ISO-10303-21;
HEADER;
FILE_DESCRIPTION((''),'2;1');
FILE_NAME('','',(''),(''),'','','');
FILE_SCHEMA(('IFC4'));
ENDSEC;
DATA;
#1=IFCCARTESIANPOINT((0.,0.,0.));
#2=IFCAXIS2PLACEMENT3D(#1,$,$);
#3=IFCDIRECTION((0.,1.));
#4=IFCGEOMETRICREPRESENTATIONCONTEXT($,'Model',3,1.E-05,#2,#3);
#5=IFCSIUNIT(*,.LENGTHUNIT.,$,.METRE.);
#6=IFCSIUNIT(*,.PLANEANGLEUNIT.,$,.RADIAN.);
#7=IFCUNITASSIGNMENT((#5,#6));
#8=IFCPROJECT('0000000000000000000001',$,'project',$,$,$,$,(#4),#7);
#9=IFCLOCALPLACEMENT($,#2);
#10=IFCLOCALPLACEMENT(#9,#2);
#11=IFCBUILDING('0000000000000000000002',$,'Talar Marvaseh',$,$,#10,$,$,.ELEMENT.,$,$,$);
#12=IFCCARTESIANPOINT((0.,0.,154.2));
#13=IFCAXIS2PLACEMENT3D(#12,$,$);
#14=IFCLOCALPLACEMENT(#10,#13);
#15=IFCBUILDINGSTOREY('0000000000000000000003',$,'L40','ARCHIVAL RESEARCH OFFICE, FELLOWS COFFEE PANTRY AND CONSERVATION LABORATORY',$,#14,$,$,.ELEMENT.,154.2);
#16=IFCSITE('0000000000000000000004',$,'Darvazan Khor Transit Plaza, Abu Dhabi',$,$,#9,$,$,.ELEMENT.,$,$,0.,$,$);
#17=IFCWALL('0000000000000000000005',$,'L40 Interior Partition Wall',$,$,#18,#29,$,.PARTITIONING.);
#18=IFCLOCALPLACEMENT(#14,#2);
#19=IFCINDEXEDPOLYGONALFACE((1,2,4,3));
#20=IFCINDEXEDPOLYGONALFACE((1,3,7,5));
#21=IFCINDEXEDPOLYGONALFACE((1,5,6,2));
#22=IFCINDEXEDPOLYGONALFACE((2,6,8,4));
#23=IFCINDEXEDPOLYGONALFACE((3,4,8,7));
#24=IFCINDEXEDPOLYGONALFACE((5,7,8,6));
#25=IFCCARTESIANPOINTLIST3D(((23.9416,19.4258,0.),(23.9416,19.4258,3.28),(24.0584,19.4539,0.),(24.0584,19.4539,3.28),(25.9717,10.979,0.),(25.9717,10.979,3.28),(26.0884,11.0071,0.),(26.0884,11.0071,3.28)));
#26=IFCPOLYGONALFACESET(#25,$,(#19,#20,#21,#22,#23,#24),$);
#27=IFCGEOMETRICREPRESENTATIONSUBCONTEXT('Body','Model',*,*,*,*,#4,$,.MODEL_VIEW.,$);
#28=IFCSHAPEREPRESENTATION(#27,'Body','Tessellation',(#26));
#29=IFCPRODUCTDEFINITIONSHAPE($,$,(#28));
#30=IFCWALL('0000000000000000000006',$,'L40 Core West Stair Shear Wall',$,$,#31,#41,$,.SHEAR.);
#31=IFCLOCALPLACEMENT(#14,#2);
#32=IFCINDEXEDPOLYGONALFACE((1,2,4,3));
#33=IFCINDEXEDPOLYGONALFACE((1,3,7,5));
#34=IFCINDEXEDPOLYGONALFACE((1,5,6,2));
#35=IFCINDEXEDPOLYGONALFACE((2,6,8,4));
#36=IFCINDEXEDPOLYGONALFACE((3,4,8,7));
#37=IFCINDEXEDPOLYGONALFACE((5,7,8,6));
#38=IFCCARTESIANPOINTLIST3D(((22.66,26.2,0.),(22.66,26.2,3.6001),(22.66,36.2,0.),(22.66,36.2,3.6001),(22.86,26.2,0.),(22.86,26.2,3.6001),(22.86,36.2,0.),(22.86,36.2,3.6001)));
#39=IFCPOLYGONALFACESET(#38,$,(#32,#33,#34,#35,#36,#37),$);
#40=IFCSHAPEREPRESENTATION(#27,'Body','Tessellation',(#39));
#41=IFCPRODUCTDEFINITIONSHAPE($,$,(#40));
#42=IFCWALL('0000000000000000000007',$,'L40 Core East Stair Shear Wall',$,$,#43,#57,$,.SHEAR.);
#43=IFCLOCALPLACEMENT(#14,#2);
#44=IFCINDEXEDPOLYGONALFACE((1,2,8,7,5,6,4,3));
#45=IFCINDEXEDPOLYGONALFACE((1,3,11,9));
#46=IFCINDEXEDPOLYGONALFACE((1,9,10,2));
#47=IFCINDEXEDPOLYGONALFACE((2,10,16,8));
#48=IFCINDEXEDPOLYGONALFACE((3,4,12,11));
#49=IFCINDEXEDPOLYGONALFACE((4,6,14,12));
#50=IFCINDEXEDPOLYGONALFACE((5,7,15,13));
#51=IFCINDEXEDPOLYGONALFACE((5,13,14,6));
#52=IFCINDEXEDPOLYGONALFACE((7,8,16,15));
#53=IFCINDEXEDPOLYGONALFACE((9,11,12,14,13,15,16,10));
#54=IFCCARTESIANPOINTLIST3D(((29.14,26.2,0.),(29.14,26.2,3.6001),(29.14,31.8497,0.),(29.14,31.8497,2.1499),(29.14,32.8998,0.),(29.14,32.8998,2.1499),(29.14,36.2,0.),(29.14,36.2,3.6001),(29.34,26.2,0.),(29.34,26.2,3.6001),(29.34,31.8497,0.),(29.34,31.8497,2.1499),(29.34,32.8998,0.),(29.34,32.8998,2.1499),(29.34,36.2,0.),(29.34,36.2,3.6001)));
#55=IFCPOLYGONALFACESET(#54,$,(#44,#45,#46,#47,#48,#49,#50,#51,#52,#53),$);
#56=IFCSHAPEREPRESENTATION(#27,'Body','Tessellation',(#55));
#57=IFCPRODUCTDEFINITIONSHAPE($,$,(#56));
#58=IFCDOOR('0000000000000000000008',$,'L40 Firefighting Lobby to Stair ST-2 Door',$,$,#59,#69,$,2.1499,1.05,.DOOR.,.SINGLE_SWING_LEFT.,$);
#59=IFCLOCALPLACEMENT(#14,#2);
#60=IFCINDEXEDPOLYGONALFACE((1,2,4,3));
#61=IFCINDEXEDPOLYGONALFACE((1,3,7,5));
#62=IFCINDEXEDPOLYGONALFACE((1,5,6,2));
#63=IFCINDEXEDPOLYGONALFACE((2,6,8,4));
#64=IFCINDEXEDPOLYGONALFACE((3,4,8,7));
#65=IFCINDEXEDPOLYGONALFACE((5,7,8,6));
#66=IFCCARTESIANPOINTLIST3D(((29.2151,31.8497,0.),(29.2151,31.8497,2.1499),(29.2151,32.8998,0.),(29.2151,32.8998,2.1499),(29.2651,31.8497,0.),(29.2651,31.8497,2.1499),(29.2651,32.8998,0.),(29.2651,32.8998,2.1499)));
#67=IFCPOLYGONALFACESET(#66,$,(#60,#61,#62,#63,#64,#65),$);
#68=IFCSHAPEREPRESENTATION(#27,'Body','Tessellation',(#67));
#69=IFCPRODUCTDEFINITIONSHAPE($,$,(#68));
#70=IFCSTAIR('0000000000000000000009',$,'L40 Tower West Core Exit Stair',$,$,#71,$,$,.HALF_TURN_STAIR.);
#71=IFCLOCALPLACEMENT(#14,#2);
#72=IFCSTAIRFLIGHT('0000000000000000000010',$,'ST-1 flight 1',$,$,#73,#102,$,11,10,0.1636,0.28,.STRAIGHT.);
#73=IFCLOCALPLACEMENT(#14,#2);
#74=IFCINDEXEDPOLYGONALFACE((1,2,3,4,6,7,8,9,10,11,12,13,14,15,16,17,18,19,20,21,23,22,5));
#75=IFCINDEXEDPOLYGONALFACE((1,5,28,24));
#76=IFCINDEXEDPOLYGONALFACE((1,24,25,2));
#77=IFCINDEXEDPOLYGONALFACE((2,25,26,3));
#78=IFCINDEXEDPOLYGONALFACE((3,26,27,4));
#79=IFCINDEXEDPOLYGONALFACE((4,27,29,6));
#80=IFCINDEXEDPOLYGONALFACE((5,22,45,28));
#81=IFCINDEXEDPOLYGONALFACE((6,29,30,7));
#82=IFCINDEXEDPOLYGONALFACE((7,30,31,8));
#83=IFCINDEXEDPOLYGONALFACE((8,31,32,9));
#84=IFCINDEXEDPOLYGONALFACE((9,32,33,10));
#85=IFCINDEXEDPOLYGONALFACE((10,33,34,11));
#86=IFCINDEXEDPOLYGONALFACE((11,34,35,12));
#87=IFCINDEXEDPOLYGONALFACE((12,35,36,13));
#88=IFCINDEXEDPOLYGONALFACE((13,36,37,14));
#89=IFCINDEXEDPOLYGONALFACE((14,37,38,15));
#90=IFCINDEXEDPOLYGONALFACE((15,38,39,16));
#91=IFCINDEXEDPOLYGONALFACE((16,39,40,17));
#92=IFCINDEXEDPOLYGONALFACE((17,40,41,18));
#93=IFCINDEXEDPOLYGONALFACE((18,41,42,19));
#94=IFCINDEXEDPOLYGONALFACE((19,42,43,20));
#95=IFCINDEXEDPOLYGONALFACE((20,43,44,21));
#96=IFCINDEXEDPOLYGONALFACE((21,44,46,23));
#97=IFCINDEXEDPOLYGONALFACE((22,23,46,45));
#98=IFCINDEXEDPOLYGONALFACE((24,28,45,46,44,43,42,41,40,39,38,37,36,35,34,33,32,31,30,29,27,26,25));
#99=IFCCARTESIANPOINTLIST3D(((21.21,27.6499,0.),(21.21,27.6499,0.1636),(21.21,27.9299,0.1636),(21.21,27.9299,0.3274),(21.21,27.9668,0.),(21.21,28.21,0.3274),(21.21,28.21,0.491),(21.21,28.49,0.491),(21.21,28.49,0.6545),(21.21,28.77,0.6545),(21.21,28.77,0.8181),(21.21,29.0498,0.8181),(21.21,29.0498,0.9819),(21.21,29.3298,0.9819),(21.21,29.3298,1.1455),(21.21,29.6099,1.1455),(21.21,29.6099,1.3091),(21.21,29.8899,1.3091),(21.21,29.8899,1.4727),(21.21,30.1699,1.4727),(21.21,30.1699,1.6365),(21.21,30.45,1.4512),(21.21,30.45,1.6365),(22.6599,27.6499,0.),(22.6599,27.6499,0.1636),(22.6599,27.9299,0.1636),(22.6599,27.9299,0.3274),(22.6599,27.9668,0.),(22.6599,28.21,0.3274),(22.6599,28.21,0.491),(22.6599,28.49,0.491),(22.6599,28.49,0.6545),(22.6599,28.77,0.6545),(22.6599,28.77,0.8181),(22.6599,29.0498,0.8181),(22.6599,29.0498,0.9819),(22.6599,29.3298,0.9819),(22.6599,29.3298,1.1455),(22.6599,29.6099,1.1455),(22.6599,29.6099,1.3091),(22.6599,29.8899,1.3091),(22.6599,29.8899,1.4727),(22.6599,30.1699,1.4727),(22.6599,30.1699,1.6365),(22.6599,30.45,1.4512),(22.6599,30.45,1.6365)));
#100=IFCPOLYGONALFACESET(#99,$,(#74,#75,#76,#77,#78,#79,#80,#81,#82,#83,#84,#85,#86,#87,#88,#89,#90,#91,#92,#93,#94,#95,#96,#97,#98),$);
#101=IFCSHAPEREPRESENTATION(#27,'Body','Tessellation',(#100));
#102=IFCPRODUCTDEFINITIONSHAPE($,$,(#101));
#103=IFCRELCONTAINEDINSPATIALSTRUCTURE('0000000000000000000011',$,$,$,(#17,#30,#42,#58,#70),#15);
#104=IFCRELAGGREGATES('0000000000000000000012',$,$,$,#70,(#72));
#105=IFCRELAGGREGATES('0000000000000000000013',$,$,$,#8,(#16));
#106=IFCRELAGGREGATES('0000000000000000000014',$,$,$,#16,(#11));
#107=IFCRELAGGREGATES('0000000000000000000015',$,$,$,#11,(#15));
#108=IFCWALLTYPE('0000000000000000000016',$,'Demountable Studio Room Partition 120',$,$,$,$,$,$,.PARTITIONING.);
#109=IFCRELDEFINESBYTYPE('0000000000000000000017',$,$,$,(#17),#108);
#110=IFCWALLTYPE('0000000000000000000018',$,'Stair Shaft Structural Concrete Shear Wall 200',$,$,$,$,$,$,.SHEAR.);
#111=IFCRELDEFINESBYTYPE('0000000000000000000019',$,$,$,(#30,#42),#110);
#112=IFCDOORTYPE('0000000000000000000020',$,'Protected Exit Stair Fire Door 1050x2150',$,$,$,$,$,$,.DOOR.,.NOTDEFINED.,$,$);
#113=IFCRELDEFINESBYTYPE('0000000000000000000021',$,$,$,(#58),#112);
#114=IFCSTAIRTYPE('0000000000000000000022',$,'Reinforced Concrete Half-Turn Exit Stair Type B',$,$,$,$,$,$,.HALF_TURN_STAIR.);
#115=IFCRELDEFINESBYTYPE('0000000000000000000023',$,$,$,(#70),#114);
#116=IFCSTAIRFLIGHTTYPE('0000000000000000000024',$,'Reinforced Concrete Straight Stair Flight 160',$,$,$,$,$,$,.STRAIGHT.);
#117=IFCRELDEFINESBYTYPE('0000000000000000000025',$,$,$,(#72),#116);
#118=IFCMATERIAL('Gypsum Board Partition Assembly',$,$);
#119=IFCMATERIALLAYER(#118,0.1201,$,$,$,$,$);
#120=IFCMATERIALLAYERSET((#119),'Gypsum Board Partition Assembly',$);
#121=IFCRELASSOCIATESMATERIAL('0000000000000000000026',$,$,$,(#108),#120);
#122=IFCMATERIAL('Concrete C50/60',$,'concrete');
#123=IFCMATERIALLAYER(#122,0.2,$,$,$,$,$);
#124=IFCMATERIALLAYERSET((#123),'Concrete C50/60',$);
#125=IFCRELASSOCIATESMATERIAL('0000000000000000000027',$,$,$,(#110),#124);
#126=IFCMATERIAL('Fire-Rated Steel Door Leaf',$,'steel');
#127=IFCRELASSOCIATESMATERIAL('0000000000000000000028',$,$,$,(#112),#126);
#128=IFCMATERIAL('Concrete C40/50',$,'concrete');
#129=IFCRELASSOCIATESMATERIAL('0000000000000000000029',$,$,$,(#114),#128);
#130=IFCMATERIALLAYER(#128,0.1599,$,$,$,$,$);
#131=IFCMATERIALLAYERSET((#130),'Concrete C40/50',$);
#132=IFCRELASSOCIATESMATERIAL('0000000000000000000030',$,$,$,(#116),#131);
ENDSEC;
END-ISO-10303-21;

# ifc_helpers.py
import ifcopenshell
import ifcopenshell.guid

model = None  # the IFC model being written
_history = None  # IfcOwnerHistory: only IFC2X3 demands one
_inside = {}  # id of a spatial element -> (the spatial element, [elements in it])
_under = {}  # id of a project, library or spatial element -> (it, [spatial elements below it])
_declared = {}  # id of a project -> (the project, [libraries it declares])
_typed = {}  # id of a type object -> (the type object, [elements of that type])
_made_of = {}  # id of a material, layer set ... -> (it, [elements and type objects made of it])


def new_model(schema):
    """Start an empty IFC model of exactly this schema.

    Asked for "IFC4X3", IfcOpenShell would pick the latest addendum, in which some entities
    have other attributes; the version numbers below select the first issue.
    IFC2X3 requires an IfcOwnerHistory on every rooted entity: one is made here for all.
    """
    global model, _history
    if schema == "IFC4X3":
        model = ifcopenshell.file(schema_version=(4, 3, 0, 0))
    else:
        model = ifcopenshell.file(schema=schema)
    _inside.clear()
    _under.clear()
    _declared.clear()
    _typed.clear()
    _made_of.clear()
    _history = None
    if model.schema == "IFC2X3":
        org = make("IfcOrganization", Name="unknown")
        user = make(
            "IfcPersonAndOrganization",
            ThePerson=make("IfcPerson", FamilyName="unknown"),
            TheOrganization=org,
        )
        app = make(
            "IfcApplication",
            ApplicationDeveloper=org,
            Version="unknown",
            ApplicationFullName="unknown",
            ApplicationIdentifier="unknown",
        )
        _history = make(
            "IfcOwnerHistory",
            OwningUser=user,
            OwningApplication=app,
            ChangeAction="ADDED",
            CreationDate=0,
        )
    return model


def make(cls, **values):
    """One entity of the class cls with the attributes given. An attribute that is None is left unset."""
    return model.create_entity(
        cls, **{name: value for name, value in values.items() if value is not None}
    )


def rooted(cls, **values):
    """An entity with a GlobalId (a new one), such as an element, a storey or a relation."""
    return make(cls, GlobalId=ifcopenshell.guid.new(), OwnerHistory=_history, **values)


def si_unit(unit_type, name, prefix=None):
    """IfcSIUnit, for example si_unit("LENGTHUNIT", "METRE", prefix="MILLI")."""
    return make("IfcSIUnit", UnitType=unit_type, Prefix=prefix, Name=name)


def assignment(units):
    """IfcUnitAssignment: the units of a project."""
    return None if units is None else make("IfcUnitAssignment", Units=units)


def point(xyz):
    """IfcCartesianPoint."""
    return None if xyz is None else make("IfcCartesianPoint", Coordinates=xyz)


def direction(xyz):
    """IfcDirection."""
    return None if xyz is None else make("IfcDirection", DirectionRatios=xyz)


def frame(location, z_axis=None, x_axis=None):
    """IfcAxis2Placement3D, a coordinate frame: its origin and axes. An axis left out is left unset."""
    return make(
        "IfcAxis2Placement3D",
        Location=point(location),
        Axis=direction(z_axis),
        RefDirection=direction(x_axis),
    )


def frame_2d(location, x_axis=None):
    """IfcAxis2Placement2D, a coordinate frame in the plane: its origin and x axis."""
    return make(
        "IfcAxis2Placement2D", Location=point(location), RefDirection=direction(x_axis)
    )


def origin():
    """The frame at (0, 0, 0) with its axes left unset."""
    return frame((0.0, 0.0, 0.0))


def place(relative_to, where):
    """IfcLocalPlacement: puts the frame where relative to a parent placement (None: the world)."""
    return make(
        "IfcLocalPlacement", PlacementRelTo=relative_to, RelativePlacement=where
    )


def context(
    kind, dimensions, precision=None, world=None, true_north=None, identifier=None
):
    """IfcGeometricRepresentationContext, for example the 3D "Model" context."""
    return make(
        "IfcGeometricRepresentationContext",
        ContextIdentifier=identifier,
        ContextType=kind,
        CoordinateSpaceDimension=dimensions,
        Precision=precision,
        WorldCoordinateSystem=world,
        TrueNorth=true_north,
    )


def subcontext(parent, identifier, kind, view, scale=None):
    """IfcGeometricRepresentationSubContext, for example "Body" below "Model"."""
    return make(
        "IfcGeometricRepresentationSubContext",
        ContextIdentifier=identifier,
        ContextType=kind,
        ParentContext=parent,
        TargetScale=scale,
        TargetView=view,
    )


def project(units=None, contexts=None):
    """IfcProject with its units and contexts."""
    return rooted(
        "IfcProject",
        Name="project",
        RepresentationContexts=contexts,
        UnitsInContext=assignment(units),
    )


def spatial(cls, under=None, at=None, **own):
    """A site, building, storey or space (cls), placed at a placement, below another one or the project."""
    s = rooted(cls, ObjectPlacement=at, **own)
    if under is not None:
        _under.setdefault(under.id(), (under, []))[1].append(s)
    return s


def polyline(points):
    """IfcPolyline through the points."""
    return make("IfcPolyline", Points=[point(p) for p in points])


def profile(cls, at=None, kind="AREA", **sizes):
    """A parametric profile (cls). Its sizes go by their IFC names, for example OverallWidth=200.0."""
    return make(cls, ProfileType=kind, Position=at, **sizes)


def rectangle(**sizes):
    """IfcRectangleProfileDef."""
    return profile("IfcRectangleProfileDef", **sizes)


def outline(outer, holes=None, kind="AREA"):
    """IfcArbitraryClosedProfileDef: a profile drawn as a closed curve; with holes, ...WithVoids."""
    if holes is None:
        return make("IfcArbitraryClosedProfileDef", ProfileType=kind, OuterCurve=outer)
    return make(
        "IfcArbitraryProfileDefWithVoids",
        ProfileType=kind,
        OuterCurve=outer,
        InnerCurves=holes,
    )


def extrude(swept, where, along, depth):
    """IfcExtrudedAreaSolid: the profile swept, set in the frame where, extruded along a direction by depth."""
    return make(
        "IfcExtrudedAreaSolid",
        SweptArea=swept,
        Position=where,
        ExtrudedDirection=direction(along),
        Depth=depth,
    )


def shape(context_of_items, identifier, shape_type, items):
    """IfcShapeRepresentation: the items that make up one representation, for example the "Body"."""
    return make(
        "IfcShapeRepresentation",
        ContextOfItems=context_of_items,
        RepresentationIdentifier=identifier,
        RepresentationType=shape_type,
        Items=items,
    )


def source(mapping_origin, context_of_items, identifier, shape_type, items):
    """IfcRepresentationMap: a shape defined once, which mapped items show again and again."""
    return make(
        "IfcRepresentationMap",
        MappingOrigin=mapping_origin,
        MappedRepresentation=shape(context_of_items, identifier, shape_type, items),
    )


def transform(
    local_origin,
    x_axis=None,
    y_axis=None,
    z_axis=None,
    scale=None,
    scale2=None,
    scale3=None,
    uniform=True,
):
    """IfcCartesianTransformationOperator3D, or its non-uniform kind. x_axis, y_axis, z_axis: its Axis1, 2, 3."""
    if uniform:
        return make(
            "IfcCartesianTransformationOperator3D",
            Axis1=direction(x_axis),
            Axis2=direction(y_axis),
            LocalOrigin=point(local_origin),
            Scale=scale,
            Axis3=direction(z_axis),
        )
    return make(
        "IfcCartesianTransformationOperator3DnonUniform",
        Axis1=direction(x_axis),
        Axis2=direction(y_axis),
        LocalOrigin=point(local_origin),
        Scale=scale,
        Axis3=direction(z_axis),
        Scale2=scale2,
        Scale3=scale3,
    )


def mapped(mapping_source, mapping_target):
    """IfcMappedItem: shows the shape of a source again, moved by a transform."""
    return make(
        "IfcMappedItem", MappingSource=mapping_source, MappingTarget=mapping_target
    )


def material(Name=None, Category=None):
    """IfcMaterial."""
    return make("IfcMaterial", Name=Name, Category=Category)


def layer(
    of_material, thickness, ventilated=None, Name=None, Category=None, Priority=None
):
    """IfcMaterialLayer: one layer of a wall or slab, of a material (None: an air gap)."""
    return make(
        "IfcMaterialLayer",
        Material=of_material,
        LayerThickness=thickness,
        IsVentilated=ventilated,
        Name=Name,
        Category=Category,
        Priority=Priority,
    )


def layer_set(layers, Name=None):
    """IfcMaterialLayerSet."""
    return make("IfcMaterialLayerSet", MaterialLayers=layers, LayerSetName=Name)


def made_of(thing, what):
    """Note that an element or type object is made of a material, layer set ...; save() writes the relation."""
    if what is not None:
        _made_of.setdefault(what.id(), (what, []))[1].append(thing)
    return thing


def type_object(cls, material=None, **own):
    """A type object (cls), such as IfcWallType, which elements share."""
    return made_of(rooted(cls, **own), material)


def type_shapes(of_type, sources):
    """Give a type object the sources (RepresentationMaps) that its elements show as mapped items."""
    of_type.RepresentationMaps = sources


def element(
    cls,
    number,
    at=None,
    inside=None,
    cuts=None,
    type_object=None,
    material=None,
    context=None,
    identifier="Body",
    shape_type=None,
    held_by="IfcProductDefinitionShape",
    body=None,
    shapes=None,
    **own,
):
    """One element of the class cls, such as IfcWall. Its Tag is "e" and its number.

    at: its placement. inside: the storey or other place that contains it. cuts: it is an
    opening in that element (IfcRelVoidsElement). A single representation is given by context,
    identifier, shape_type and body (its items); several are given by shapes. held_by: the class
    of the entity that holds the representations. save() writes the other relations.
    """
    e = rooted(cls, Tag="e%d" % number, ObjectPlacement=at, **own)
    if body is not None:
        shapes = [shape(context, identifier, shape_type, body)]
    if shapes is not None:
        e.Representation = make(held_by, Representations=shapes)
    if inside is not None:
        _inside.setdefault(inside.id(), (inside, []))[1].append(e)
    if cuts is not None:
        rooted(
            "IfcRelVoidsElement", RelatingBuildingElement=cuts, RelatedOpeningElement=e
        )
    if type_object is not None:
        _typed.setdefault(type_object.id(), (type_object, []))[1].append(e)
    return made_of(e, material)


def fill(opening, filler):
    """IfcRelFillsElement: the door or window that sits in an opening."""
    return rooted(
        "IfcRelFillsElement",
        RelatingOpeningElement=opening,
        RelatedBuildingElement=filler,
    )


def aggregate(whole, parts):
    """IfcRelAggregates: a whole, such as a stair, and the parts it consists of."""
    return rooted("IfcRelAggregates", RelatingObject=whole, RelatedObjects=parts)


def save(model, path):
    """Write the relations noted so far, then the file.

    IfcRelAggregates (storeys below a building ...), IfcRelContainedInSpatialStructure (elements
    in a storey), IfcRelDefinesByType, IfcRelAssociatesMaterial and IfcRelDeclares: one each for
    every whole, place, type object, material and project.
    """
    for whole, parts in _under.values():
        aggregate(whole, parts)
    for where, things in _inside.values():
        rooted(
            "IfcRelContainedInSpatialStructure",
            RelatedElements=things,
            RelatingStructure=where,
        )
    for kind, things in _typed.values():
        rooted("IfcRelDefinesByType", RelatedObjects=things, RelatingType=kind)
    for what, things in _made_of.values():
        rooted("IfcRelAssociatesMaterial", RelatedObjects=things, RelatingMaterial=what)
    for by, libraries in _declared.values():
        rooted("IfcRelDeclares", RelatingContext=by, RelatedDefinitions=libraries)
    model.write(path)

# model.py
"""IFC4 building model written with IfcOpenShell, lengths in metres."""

from ifc_helpers import new_model, si_unit, direction, frame, frame_2d, origin, place, context, subcontext, project, spatial, polyline, rectangle, outline, extrude, source, transform, mapped, material, layer, layer_set, type_object, type_shapes, element, fill, aggregate, save


model = new_model("IFC4")

# Units and contexts
model_context = context("Model", 3, precision=1e-05, world=origin(), true_north=direction((0.0, 1.0)))
body_context = subcontext(model_context, "Body", "Model", "MODEL_VIEW")
ifc_project = project(units=[si_unit("LENGTHUNIT", "METRE"), si_unit("PLANEANGLEUNIT", "RADIAN")], contexts=[model_context])

# Site, building, storey
site_placement = place(None, origin())
site = spatial("IfcSite", under=ifc_project, at=site_placement, Name="Darvazan Khor Transit Plaza, Abu Dhabi", CompositionType="ELEMENT", RefElevation=0.0)
building_placement = place(site_placement, origin())
building = spatial("IfcBuilding", under=site, at=building_placement, Name="Talar Marvaseh", CompositionType="ELEMENT")
storey_placement = place(building_placement, frame((0.0, 0.0, 154.2)))
storey = spatial("IfcBuildingStorey", under=building, at=storey_placement, Name="L40", Description="ARCHIVAL RESEARCH OFFICE, FELLOWS COFFEE PANTRY AND CONSERVATION LABORATORY", CompositionType="ELEMENT", Elevation=154.2)

# Shared definitions
ifc_material_1 = material(Name="Concrete C40/50", Category="concrete")

# Shared definitions
ifc_material_2 = material(Name="Gypsum Board Partition Assembly")

# Walls
ifc_layer_1 = layer(ifc_material_2, 0.1201)
ifc_layer_set_1 = layer_set([ifc_layer_1], Name="Gypsum Board Partition Assembly")
wall_type_1 = type_object("IfcWallType", Name="Demountable Studio Room Partition 120", PredefinedType="PARTITIONING", material=ifc_layer_set_1)
wall_1_placement = place(storey_placement, frame((24.0, 19.4399, 0.0), z_axis=(0.0, 0.0, 1.0), x_axis=(0.233678, -0.972314, 0.0)))
element("IfcWall", 1, at=wall_1_placement, inside=storey, type_object=wall_type_1, Name="L40 Interior Partition Wall", PredefinedType="PARTITIONING", context=body_context, shape_type="SweptSolid", body=[
    extrude(rectangle(XDim=8.6873, YDim=0.1201, at=frame_2d((4.3438, 0.0))), origin(), (0.0, 0.0, 1.0), 3.28),
])
ifc_material_3 = material(Name="Concrete C50/60", Category="concrete")
ifc_layer_2 = layer(ifc_material_3, 0.2)
ifc_layer_set_2 = layer_set([ifc_layer_2], Name="Concrete C50/60")
wall_type_2 = type_object("IfcWallType", Name="Stair Shaft Structural Concrete Shear Wall 200", PredefinedType="SHEAR", material=ifc_layer_set_2)
wall_2_placement = place(storey_placement, frame((22.76, 26.2, 0.0), z_axis=(0.0, 0.0, 1.0), x_axis=(0.0, 1.0, 0.0)))
element("IfcWall", 2, at=wall_2_placement, inside=storey, type_object=wall_type_2, Name="L40 Core West Stair Shear Wall", PredefinedType="SHEAR", context=body_context, shape_type="SweptSolid", body=[
    extrude(rectangle(XDim=10.0, YDim=0.2, at=frame_2d((5.0, 0.0))), origin(), (0.0, 0.0, 1.0), 3.6001),
])

# Wall, opening, door
wall_3_placement = place(storey_placement, frame((29.24, 26.2, 0.0), z_axis=(0.0, 0.0, 1.0), x_axis=(0.0, 1.0, 0.0)))
wall_3 = element("IfcWall", 3, at=wall_3_placement, inside=storey, type_object=wall_type_2, Name="L40 Core East Stair Shear Wall", PredefinedType="SHEAR", context=body_context, shape_type="SweptSolid", body=[
    extrude(rectangle(XDim=10.0, YDim=0.2, at=frame_2d((5.0, 0.0))), origin(), (0.0, 0.0, 1.0), 3.6001),
])
opening_1_placement = place(wall_3_placement, frame((5.6499, 0.0, 0.0)))
opening_1 = element("IfcOpeningElement", 4, at=opening_1_placement, cuts=wall_3, PredefinedType="OPENING", context=body_context, shape_type="SweptSolid", body=[
    extrude(rectangle(XDim=1.05, YDim=2.1499, at=frame_2d((0.5249, 1.075))), frame((0.0, 0.1099, 0.0), z_axis=(0.0, -1.0, 0.0), x_axis=(1.0, 0.0, 0.0)), (0.0, 0.0, 1.0), 0.22),
])
ifc_material_4 = material(Name="Fire-Rated Steel Door Leaf", Category="steel")
door_type_1 = type_object("IfcDoorType", Name="Protected Exit Stair Fire Door 1050x2150", OperationType="NOTDEFINED", PredefinedType="DOOR", material=ifc_material_4)
shared_shape_1 = source(origin(), body_context, "Body", "SweptSolid", [
    extrude(rectangle(XDim=1.05, YDim=2.1499, at=frame_2d((0.5249, 1.075))), frame((0.0, 0.0249, 0.0), z_axis=(0.0, -1.0, 0.0), x_axis=(1.0, 0.0, 0.0)), (0.0, 0.0, 1.0), 0.05),
])
type_shapes(door_type_1, [shared_shape_1])
door_1_placement = place(opening_1_placement, origin())
door_1 = element("IfcDoor", 5, at=door_1_placement, inside=storey, type_object=door_type_1, Name="L40 Firefighting Lobby to Stair ST-2 Door", OperationType="SINGLE_SWING_LEFT", OverallHeight=2.1499, OverallWidth=1.05, PredefinedType="DOOR", context=body_context, shape_type="MappedRepresentation", body=[
    mapped(shared_shape_1, transform((0.0, 0.0, 0.0), x_axis=(1.0, 0.0, 0.0), y_axis=(0.0, 1.0, 0.0), z_axis=(0.0, 0.0, 1.0), scale=1.0)),
])
fill(opening_1, door_1)

# Stair, stair flight
stair_type = type_object("IfcStairType", Name="Reinforced Concrete Half-Turn Exit Stair Type B", PredefinedType="HALF_TURN_STAIR", material=ifc_material_1)
stair_placement = place(storey_placement, origin())
stair = element("IfcStair", 6, at=stair_placement, inside=storey, type_object=stair_type, Name="L40 Tower West Core Exit Stair", PredefinedType="HALF_TURN_STAIR")
ifc_layer_3 = layer(ifc_material_1, 0.1599)
ifc_layer_set_3 = layer_set([ifc_layer_3], Name="Concrete C40/50")
stair_flight_type = type_object("IfcStairFlightType", Name="Reinforced Concrete Straight Stair Flight 160", PredefinedType="STRAIGHT", material=ifc_layer_set_3)
stair_flight_placement = place(storey_placement, frame((21.9351, 27.6499, 0.0), z_axis=(0.0, 0.0, 1.0), x_axis=(0.0, 1.0, 0.0)))
stair_flight = element("IfcStairFlight", 7, at=stair_flight_placement, type_object=stair_flight_type, Name="ST-1 flight 1", NumberOfRisers=11, NumberOfTreads=10, PredefinedType="STRAIGHT", RiserHeight=0.1636, TreadLength=0.28, context=body_context, shape_type="SweptSolid", body=[
    extrude(outline(polyline([(0.0, 0.0), (0.0, 0.1636), (0.28, 0.1636), (0.28, 0.3274), (0.5601, 0.3274), (0.5601, 0.491), (0.8401, 0.491), (0.8401, 0.6545), (1.1201, 0.6545), (1.1201, 0.8181), (1.3999, 0.8181), (1.3999, 0.9819), (1.6799, 0.9819), (1.6799, 1.1455), (1.96, 1.1455), (1.96, 1.3091), (2.24, 1.3091), (2.24, 1.4727), (2.52, 1.4727), (2.52, 1.6365), (2.8, 1.6365), (2.8, 1.8), (2.8, 1.4512), (0.3169, 0.0), (0.0, 0.0)])), frame((0.0, 0.7251, 0.0), z_axis=(0.0, -1.0, 0.0), x_axis=(1.0, 0.0, 0.0)), (0.0, 0.0, 1.0), 1.45),
])
aggregate(stair, [stair_flight])

save(model, "model.ifc")
